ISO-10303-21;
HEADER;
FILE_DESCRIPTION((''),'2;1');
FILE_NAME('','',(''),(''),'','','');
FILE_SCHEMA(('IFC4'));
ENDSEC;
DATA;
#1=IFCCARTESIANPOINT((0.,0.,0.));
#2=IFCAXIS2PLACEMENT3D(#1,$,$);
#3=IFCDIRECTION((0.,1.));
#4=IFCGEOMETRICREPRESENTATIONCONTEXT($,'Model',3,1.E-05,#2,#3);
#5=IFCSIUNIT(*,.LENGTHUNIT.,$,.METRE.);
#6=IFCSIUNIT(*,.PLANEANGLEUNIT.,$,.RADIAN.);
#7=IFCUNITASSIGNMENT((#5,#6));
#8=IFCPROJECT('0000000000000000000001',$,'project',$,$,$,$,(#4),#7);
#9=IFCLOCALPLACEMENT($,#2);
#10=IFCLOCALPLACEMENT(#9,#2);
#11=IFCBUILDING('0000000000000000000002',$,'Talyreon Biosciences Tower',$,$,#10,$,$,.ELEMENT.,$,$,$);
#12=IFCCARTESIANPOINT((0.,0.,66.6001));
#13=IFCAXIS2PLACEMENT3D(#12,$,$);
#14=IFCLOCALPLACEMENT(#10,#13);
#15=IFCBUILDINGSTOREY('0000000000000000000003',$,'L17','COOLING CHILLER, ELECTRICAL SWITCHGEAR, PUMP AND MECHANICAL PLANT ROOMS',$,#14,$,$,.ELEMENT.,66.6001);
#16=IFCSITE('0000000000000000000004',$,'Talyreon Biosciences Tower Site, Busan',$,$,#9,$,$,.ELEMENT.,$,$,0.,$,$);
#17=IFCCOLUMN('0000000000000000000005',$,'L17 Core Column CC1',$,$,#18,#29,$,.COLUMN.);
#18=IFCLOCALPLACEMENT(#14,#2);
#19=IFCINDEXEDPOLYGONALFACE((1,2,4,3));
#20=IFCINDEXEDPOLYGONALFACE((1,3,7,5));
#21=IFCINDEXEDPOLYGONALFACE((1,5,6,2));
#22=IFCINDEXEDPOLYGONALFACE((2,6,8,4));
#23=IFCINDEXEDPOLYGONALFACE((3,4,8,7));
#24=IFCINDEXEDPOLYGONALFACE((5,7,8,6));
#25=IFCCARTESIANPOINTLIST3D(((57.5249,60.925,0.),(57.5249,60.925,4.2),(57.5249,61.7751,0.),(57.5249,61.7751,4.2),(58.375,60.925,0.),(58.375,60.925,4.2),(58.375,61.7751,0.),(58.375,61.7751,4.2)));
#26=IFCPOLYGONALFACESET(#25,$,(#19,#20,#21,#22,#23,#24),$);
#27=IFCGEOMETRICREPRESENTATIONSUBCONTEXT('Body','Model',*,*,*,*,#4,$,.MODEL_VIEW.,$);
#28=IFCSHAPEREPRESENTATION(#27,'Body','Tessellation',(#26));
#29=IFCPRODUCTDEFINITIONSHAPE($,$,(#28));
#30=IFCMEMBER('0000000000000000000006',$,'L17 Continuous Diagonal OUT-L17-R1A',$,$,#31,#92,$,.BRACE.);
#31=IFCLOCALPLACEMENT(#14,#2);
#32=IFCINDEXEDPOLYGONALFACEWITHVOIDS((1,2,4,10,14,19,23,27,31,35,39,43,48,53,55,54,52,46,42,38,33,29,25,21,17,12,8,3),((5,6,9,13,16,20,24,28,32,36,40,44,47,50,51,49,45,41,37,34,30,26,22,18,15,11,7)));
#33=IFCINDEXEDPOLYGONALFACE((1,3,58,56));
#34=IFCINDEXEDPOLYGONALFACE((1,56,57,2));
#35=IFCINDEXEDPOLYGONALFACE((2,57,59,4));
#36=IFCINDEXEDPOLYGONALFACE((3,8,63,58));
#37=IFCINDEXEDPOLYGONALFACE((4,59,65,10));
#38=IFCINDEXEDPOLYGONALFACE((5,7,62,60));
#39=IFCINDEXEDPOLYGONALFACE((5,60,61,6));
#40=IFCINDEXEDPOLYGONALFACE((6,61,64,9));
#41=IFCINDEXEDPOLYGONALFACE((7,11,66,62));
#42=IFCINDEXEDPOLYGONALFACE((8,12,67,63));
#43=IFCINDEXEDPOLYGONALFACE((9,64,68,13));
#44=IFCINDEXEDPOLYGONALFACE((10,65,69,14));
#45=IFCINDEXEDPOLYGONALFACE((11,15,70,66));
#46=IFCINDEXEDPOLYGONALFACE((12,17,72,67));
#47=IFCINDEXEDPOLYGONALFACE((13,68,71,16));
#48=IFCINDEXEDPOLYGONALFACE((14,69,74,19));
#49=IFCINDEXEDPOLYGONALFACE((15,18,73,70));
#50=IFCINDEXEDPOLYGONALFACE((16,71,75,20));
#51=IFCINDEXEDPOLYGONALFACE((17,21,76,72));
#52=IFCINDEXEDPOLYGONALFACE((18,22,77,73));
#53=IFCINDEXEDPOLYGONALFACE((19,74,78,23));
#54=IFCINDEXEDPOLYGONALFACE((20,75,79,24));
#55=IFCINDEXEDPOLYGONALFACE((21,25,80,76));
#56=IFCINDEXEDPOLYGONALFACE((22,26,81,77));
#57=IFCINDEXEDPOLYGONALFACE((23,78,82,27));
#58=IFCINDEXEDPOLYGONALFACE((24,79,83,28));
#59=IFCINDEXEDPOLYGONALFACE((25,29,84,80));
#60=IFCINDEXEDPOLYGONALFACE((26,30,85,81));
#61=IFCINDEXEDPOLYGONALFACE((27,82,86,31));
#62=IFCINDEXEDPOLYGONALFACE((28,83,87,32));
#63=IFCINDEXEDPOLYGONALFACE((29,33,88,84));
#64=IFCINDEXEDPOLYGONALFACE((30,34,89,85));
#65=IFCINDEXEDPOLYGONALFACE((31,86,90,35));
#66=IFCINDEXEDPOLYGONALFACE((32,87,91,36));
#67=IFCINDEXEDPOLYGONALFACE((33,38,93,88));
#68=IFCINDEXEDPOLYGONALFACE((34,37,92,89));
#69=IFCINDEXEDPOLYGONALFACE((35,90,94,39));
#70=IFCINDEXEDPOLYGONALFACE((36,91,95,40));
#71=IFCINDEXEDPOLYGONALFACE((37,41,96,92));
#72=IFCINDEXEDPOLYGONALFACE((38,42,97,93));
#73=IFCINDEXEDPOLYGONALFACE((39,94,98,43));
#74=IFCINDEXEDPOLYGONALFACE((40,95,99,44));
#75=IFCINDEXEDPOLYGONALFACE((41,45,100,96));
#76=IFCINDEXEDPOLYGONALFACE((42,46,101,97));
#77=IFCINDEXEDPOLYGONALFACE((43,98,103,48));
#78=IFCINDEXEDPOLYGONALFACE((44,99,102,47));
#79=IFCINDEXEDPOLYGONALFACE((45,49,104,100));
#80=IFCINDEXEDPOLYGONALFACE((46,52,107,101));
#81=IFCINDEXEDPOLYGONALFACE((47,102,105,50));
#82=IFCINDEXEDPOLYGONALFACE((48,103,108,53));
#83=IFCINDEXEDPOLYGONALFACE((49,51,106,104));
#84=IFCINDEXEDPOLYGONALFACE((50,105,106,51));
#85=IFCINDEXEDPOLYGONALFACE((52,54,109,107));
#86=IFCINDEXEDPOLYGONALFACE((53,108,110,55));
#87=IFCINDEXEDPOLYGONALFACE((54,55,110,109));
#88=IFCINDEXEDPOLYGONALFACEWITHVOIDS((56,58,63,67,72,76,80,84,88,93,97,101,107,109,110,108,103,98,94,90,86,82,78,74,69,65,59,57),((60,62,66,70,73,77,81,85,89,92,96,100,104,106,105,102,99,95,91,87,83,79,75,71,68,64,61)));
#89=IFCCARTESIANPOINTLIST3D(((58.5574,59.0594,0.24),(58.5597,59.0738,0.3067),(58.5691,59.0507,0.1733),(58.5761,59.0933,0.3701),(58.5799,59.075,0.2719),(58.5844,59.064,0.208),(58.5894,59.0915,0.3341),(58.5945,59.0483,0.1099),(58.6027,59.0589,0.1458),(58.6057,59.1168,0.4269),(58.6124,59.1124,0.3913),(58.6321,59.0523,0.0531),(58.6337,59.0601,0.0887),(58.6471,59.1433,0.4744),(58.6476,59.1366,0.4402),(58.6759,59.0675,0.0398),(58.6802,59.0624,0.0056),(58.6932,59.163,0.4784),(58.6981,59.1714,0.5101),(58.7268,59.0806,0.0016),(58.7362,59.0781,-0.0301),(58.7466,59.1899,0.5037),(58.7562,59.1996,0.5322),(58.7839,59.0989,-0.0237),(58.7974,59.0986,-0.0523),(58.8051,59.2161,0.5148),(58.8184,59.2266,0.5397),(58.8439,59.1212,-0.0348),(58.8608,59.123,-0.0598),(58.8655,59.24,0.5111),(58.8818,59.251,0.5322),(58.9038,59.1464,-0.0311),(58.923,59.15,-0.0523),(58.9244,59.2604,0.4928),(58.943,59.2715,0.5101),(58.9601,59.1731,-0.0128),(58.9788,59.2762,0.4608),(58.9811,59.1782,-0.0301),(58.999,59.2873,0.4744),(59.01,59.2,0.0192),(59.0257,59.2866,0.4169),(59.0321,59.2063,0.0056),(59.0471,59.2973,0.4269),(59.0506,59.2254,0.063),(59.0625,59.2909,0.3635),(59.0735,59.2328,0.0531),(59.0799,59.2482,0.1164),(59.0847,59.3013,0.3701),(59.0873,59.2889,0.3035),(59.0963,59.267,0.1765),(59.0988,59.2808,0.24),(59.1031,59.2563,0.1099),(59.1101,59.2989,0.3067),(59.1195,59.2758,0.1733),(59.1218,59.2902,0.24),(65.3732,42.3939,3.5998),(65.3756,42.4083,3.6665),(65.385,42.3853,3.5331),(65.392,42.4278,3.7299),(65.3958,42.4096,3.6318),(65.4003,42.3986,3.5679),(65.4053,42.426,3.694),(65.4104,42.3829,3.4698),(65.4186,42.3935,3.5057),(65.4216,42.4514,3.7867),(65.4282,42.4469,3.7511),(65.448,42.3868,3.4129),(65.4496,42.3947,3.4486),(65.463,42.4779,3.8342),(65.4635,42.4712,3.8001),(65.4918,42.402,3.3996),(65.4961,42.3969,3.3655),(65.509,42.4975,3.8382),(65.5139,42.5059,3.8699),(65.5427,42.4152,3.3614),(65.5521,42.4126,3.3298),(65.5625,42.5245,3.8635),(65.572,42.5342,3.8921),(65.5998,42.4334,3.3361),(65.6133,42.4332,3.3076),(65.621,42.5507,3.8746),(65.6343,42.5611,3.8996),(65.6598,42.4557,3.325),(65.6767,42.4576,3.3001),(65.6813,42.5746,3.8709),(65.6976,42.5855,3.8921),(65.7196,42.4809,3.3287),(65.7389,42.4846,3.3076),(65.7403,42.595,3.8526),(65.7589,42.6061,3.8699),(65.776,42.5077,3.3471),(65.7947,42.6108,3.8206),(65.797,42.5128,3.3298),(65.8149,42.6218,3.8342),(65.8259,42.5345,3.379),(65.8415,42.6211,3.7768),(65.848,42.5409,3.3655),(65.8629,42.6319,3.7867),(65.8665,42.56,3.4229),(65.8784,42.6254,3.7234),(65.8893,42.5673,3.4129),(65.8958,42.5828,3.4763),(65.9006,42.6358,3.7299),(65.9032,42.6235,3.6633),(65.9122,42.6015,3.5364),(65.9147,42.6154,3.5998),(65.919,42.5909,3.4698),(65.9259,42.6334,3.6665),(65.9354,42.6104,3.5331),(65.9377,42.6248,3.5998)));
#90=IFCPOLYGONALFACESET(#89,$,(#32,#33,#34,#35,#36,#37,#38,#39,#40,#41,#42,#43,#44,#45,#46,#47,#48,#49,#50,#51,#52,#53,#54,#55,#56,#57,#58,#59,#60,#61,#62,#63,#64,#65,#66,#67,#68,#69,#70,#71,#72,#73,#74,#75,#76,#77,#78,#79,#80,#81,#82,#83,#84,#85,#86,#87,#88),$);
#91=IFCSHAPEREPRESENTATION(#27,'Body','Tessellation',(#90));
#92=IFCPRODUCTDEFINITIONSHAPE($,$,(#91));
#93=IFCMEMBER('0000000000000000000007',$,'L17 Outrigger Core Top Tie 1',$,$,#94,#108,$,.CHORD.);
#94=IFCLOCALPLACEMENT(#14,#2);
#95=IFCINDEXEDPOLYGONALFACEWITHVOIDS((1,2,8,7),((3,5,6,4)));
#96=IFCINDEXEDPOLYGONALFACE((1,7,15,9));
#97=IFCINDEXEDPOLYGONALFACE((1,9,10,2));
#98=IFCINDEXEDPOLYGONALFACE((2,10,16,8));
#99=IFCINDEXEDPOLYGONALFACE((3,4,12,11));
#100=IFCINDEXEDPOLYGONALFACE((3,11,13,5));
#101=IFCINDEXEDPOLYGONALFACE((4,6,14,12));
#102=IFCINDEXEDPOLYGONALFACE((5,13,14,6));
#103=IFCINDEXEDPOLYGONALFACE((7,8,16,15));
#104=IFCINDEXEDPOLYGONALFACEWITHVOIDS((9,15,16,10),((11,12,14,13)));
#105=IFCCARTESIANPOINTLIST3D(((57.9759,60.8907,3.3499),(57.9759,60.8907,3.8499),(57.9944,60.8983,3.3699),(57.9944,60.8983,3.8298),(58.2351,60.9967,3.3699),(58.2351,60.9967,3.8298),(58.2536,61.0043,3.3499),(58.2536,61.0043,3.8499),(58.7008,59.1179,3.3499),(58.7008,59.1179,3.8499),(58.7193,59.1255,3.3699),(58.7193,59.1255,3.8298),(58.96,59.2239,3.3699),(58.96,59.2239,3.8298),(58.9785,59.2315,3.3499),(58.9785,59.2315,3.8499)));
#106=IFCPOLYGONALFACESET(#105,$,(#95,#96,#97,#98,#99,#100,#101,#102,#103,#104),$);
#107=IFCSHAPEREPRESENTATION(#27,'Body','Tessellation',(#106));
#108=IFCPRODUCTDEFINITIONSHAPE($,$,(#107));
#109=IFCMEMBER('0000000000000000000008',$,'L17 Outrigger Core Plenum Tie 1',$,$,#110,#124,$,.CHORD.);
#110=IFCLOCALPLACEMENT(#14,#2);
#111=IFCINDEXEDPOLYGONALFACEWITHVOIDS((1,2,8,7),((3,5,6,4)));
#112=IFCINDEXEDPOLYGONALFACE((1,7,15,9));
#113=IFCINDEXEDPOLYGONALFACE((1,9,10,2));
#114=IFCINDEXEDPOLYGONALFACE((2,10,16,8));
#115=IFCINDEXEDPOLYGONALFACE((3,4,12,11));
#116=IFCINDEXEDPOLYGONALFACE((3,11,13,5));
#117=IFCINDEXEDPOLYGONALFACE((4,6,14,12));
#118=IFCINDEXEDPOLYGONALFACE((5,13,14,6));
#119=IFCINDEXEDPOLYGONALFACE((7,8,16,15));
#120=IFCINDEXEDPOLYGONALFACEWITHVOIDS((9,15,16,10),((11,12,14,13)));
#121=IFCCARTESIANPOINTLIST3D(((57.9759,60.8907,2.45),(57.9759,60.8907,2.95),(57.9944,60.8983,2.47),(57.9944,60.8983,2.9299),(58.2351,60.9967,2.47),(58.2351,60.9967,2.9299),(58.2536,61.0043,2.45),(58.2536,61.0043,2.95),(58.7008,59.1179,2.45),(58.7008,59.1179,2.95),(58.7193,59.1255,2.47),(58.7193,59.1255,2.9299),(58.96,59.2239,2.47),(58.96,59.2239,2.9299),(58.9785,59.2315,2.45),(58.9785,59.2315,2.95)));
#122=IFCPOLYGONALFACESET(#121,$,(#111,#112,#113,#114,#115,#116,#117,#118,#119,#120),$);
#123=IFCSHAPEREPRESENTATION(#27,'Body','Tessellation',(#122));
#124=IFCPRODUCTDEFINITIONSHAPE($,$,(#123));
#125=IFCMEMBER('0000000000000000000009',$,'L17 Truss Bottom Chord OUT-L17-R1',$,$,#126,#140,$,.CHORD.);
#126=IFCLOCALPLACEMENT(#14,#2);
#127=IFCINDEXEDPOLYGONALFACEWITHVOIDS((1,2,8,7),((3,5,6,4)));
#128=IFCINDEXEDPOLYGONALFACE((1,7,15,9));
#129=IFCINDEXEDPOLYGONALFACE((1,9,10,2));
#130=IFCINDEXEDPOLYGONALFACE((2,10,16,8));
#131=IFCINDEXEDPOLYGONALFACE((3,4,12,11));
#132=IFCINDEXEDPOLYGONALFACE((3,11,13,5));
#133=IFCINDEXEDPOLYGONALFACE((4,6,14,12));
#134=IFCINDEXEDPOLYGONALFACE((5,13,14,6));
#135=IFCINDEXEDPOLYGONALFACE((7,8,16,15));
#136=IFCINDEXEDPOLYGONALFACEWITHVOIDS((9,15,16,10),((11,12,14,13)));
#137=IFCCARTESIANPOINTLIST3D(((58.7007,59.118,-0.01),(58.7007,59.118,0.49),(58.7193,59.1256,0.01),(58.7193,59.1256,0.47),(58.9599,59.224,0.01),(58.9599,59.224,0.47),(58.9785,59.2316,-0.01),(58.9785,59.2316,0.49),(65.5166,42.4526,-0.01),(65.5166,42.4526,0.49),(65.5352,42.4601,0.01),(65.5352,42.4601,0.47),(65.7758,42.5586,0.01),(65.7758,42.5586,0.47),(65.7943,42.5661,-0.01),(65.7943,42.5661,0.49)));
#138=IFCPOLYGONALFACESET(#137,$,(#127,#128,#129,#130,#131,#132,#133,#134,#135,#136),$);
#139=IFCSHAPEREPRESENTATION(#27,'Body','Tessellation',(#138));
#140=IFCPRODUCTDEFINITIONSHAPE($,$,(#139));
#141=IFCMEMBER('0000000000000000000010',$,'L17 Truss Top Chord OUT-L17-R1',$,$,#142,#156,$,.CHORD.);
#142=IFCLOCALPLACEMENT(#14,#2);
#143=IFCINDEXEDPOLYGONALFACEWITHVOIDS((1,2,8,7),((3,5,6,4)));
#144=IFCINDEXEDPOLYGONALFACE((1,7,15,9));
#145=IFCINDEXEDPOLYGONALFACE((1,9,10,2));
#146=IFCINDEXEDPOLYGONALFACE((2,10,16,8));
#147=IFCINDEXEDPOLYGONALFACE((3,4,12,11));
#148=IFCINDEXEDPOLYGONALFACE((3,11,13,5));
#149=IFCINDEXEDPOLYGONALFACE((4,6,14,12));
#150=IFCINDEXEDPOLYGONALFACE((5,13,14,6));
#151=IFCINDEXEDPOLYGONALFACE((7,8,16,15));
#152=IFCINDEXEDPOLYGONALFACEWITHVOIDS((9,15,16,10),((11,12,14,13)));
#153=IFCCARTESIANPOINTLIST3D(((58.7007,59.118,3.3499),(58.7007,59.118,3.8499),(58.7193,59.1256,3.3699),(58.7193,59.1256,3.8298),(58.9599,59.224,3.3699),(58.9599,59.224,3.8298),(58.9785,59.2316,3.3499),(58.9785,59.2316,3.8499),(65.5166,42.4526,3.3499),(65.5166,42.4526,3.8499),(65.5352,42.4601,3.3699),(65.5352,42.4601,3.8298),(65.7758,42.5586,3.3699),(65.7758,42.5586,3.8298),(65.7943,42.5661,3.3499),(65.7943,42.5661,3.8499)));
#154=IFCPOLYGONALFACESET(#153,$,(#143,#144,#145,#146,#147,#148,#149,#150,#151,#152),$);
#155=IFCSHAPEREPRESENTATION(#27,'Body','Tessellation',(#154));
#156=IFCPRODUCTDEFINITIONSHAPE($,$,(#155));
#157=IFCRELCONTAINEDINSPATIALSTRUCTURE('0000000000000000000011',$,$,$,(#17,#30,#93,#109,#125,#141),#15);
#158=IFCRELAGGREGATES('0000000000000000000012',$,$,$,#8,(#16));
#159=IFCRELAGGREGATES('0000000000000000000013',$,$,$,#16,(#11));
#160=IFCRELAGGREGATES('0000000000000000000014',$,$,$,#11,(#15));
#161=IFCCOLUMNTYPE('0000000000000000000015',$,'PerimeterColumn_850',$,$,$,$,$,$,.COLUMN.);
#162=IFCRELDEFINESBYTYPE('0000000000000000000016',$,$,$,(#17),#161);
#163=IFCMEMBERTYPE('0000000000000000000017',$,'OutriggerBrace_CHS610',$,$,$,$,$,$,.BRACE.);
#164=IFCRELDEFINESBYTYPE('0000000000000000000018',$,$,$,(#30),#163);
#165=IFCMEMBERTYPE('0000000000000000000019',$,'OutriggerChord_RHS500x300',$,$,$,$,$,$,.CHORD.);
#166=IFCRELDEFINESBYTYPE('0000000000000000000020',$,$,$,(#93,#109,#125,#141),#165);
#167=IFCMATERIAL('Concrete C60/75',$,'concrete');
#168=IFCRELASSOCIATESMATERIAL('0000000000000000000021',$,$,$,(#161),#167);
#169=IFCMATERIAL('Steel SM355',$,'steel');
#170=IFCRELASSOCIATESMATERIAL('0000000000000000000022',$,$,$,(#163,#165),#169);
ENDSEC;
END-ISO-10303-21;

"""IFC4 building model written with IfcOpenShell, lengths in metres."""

from ifc_helpers import new_model, si_unit, direction, frame, origin, origin_2d, place, context, subcontext, project, spatial, rectangle, hollow_rectangle, hollow_circle, extrude, material, material_profile, profile_set, type_object, element, save


model = new_model("IFC4")

# Units and contexts
model_context = context("Model", 3, precision=1e-05, world=origin(), true_north=direction((0.0, 1.0)))
body_context = subcontext(model_context, "Body", "Model", "MODEL_VIEW")
ifc_project = project(units=[si_unit("LENGTHUNIT", "METRE"), si_unit("PLANEANGLEUNIT", "RADIAN")], contexts=[model_context])

# Site, building, storey
site_placement = place(None, origin())
site = spatial("IfcSite", under=ifc_project, at=site_placement, Name="Talyreon Biosciences Tower Site, Busan", CompositionType="ELEMENT", RefElevation=0.0)
building_placement = place(site_placement, origin())
building = spatial("IfcBuilding", under=site, at=building_placement, Name="Talyreon Biosciences Tower", CompositionType="ELEMENT")
storey_placement = place(building_placement, frame((0.0, 0.0, 66.6001)))
storey = spatial("IfcBuildingStorey", under=building, at=storey_placement, Name="L17", Description="COOLING CHILLER, ELECTRICAL SWITCHGEAR, PUMP AND MECHANICAL PLANT ROOMS", CompositionType="ELEMENT", Elevation=66.6001)

# Column
ifc_material_1 = material(Name="Concrete C60/75", Category="concrete")
ifc_material_profile_1 = material_profile(ifc_material_1, rectangle(XDim=0.8501, YDim=0.8501, at=origin_2d()), Name="RC 850x850")
ifc_profile_set_1 = profile_set([ifc_material_profile_1], Name="Concrete C60/75")
column_type = type_object("IfcColumnType", Name="PerimeterColumn_850", PredefinedType="COLUMN", material=ifc_profile_set_1)
column_placement = place(storey_placement, frame((57.95, 61.3501, 0.0), z_axis=(0.0, 0.0, 1.0), x_axis=(1.0, 0.0, 0.0)))
element("IfcColumn", 1, at=column_placement, inside=storey, type_object=column_type, Name="L17 Core Column CC1", PredefinedType="COLUMN", context=body_context, shape_type="SweptSolid", body=[
    extrude(rectangle(XDim=0.8501, YDim=0.8501, at=origin_2d()), origin(), (0.0, 0.0, 1.0), 4.2),
])

# Members
ifc_material_2 = material(Name="Steel SM355", Category="steel")
ifc_material_profile_2 = material_profile(ifc_material_2, hollow_circle(Radius=0.3049, WallThickness=0.0249, at=origin_2d()), Name="CHS 610x25")
ifc_profile_set_2 = profile_set([ifc_material_profile_2], Name="Steel SM355")
member_type_1 = type_object("IfcMemberType", Name="OutriggerBrace_CHS610", PredefinedType="BRACE", material=ifc_profile_set_2)
member_placement = place(storey_placement, frame((58.8396, 59.1748, 0.24), z_axis=(0.372124, -0.909876, 0.183436), x_axis=(0.925582, 0.378547, 0.0)))
element("IfcMember", 2, at=member_placement, inside=storey, type_object=member_type_1, Name="L17 Continuous Diagonal OUT-L17-R1A", PredefinedType="BRACE", context=body_context, shape_type="SweptSolid", body=[
    extrude(hollow_circle(Radius=0.3049, WallThickness=0.0249, at=origin_2d()), origin(), (0.0, 0.0, 1.0), 18.3162),
])
ifc_material_profile_3 = material_profile(ifc_material_2, hollow_rectangle(XDim=0.3, YDim=0.5, WallThickness=0.02, at=origin_2d()), Name="RHS 500x300x20")
ifc_profile_set_3 = profile_set([ifc_material_profile_3], Name="Steel SM355")
member_type_2 = type_object("IfcMemberType", Name="OutriggerChord_RHS500x300", PredefinedType="CHORD", material=ifc_profile_set_3)
for number, where, z_axis, x_axis, name in (
    (3, (58.1147, 60.9475, 3.5999), (0.378479, -0.92561, 0.0), (0.92561, 0.378479, 0.0), "L17 Outrigger Core Top Tie 1"),
    (4, (58.1147, 60.9475, 2.7), (0.378479, -0.92561, 0.0), (0.92561, 0.378479, 0.0), "L17 Outrigger Core Plenum Tie 1"),
):
    element("IfcMember", number, at=place(storey_placement, frame(where, z_axis=z_axis, x_axis=x_axis)), inside=storey, type_object=member_type_2, Name=name, PredefinedType="CHORD", context=body_context, shape_type="SweptSolid", body=[
        extrude(hollow_rectangle(XDim=0.3, YDim=0.5, WallThickness=0.02, at=origin_2d()), origin(), (0.0, 0.0, 1.0), 1.9153),
    ])
for number, where, z_axis, x_axis, name in (
    (5, (58.8396, 59.1748, 0.24), (0.378547, -0.925582, 0.0), (0.925582, 0.378547, 0.0), "L17 Truss Bottom Chord OUT-L17-R1"),
    (6, (58.8396, 59.1748, 3.5999), (0.378547, -0.925582, 0.0), (0.925582, 0.378547, 0.0), "L17 Truss Top Chord OUT-L17-R1"),
):
    element("IfcMember", number, at=place(storey_placement, frame(where, z_axis=z_axis, x_axis=x_axis)), inside=storey, type_object=member_type_2, Name=name, PredefinedType="CHORD", context=body_context, shape_type="SweptSolid", body=[
        extrude(hollow_rectangle(XDim=0.3, YDim=0.5, WallThickness=0.02, at=origin_2d()), origin(), (0.0, 0.0, 1.0), 18.0054),
    ])

save(model, "model.ifc")
